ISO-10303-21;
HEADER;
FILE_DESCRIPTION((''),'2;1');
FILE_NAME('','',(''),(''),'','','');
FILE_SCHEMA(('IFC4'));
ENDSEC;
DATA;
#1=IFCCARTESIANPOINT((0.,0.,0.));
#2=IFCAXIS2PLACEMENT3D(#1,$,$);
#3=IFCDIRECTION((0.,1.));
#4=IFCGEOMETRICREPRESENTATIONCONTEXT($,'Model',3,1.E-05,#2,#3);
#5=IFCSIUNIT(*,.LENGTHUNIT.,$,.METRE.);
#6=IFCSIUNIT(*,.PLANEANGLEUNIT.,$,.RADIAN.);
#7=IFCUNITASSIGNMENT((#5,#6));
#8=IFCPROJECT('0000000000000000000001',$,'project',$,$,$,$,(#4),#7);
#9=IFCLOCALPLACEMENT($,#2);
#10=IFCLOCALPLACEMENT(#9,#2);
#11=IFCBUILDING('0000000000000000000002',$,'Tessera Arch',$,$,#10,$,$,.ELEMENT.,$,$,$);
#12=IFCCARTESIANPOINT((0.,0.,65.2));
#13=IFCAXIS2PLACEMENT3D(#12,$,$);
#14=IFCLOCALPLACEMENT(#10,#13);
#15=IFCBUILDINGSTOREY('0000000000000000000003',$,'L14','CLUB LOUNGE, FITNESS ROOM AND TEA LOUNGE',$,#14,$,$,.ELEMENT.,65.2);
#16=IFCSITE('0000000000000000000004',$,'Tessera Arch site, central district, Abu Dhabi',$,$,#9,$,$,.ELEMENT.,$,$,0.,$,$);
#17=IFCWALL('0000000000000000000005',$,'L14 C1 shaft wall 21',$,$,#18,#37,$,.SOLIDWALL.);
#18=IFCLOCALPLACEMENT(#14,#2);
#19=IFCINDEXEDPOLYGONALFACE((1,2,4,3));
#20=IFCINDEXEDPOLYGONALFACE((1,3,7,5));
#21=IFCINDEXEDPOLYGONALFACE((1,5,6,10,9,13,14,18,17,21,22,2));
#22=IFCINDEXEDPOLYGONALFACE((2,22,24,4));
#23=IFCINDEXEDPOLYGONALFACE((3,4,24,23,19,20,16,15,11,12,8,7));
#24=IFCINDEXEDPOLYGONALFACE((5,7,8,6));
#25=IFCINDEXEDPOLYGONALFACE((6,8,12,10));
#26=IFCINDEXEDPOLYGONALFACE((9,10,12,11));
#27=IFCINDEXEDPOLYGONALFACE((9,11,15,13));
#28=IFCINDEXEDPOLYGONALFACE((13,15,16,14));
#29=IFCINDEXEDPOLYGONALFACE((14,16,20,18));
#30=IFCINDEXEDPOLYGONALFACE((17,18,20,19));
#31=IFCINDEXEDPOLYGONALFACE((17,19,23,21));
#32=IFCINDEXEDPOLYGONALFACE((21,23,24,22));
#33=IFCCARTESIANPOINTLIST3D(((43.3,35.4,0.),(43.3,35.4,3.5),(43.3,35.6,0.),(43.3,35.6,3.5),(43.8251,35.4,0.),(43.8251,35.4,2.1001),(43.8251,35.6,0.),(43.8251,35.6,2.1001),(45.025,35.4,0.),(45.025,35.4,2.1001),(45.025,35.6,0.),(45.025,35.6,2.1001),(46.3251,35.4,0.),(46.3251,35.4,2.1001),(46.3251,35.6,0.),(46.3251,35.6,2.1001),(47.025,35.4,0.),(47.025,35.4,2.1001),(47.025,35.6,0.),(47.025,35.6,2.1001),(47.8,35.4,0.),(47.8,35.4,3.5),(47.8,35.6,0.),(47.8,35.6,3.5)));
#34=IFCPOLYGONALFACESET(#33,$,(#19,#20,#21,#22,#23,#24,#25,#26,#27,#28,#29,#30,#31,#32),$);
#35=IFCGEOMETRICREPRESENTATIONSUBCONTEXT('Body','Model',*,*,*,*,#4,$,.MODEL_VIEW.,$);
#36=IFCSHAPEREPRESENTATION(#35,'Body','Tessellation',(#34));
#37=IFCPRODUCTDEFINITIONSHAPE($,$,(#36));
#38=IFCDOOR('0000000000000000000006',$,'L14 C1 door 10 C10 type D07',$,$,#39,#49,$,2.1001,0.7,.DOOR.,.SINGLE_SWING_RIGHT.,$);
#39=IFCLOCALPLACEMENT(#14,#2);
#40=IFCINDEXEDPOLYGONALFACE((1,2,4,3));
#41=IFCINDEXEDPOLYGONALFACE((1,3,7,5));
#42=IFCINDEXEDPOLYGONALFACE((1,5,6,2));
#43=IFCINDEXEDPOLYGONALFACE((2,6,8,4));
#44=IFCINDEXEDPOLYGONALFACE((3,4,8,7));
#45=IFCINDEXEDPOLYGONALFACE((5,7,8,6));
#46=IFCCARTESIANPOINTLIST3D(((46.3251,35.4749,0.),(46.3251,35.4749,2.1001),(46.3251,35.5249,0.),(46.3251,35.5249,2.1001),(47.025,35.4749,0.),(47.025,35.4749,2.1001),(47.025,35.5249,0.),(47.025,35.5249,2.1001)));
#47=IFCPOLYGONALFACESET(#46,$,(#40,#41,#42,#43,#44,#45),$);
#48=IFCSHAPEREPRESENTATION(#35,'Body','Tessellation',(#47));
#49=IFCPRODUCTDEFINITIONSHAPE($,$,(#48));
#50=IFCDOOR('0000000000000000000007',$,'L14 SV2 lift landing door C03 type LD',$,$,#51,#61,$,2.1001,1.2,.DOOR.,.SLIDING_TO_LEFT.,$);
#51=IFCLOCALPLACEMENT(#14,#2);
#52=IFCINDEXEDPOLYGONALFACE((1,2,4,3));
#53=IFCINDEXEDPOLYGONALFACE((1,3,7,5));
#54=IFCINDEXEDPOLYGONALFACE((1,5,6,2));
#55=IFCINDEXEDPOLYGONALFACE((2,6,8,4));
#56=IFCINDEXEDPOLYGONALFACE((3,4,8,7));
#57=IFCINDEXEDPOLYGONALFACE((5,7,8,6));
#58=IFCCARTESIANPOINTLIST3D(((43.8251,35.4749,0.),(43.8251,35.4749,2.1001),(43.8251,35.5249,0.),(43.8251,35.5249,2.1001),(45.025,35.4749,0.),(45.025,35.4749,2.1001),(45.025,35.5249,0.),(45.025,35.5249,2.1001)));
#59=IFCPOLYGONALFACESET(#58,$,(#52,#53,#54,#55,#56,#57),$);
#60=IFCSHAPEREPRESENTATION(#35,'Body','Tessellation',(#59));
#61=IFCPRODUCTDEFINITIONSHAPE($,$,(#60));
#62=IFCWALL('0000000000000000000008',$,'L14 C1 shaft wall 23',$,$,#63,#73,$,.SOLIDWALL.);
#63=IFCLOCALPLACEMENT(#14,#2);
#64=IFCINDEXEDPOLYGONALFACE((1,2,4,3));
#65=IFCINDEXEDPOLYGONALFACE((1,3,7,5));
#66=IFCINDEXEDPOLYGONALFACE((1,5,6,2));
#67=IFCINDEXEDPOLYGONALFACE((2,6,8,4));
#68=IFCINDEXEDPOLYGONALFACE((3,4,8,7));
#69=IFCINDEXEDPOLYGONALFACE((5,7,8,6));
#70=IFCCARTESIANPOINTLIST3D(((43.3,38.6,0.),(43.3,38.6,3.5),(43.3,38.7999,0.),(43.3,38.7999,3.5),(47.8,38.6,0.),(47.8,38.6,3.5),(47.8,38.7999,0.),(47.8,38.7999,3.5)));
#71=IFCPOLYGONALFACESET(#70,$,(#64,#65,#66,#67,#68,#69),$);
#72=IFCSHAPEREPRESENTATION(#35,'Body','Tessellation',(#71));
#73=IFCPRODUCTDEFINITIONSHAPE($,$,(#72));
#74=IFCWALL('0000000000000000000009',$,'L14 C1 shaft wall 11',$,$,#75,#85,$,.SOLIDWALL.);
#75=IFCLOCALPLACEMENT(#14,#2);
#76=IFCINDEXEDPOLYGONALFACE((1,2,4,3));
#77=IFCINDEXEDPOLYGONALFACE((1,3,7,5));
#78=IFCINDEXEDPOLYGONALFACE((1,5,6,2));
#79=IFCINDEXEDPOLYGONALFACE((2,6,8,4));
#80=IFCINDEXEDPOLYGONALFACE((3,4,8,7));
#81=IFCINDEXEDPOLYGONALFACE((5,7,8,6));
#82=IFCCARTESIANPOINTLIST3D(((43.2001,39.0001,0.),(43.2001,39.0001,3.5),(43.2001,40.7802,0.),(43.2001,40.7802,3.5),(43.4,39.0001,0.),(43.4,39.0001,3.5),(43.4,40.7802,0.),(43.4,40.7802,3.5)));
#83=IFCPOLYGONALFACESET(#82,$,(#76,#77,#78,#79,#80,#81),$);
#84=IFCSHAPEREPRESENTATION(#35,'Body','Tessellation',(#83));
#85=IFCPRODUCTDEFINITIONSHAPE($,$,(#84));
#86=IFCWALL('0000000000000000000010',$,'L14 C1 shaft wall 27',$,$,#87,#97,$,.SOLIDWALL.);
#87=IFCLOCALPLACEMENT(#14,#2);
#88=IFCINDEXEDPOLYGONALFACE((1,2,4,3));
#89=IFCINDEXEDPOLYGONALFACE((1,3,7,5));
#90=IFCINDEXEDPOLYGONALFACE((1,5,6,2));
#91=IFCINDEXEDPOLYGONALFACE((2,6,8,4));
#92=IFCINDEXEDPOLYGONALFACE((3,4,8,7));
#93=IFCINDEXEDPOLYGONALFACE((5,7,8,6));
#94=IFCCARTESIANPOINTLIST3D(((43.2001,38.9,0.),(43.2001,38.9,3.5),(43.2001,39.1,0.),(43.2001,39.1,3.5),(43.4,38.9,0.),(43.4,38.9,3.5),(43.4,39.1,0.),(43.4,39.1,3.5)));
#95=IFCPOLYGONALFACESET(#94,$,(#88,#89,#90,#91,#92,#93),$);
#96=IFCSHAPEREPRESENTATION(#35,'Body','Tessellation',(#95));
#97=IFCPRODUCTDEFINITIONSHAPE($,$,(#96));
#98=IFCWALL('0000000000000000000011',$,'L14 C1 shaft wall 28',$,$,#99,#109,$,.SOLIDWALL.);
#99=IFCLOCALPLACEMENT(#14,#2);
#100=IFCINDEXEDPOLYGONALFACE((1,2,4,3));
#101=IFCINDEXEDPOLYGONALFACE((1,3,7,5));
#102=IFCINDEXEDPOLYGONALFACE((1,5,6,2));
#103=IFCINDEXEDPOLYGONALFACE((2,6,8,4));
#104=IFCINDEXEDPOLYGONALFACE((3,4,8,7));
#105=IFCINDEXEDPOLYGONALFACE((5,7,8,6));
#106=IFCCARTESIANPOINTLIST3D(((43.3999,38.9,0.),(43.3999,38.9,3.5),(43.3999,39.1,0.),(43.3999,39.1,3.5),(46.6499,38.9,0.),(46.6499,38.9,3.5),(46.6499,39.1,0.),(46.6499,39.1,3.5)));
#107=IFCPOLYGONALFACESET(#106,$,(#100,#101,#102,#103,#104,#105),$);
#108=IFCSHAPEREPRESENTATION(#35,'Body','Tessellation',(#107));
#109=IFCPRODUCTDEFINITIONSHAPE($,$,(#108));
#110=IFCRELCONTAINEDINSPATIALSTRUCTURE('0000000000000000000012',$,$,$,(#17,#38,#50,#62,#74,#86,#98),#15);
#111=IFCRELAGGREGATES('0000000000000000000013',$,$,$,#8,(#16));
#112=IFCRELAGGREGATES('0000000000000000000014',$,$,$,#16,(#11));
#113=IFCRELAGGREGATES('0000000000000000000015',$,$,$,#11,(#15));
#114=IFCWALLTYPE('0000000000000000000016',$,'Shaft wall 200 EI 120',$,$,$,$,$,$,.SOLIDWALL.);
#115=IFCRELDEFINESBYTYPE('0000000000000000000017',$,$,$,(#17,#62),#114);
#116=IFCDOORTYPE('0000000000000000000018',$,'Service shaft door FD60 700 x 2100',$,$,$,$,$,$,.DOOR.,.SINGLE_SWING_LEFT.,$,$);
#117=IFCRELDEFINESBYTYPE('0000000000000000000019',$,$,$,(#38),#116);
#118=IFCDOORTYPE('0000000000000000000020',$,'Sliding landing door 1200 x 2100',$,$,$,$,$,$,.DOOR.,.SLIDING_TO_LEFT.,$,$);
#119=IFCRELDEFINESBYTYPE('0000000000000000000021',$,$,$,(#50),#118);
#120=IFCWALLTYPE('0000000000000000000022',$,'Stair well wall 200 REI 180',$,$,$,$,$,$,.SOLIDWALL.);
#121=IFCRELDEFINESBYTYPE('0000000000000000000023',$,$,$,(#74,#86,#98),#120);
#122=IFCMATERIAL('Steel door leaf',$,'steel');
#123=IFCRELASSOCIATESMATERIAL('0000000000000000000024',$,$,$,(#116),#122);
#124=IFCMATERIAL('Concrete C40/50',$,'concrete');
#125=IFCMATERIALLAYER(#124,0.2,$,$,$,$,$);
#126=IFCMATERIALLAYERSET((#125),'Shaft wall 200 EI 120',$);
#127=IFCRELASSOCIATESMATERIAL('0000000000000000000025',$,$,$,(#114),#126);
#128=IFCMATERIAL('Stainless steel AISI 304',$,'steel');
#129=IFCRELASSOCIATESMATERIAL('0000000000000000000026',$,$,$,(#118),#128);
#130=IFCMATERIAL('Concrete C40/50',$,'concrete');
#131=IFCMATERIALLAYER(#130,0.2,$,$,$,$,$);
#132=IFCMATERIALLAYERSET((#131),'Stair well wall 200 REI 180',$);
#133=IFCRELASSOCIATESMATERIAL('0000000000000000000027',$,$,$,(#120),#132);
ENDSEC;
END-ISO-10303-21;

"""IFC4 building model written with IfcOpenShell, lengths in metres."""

from ifc_helpers import new_model, si_unit, direction, frame, frame_2d, origin, place, context, subcontext, project, spatial, rectangle, extrude, material, layer, layer_set, type_object, element, fill, save


model = new_model("IFC4")

# Units and contexts
model_context = context("Model", 3, precision=1e-05, world=origin(), true_north=direction((0.0, 1.0)))
body_context = subcontext(model_context, "Body", "Model", "MODEL_VIEW")
ifc_project = project(units=[si_unit("LENGTHUNIT", "METRE"), si_unit("PLANEANGLEUNIT", "RADIAN")], contexts=[model_context])

# Site, building, storey
site_placement = place(None, origin())
site = spatial("IfcSite", under=ifc_project, at=site_placement, Name="Tessera Arch site, central district, Abu Dhabi", CompositionType="ELEMENT", RefElevation=0.0)
building_placement = place(site_placement, origin())
building = spatial("IfcBuilding", under=site, at=building_placement, Name="Tessera Arch", CompositionType="ELEMENT")
storey_placement = place(building_placement, frame((0.0, 0.0, 65.2)))
storey = spatial("IfcBuildingStorey", under=building, at=storey_placement, Name="L14", Description="CLUB LOUNGE, FITNESS ROOM AND TEA LOUNGE", CompositionType="ELEMENT", Elevation=65.2)

# Shared definitions
ifc_material_1 = material(Name="Steel door leaf", Category="steel")
door_type_1 = type_object("IfcDoorType", Name="Service shaft door FD60 700 x 2100", OperationType="SINGLE_SWING_LEFT", PredefinedType="DOOR", material=ifc_material_1)

# Shared definitions
ifc_material_2 = material(Name="Concrete C40/50", Category="concrete")
ifc_layer_1 = layer(ifc_material_2, 0.2)
ifc_layer_set_1 = layer_set([ifc_layer_1], Name="Shaft wall 200 EI 120")
wall_type_1 = type_object("IfcWallType", Name="Shaft wall 200 EI 120", PredefinedType="SOLIDWALL", material=ifc_layer_set_1)

# Wall, openings, doors
wall_1_placement = place(storey_placement, frame((43.3, 35.5, 0.0), z_axis=(0.0, 0.0, 1.0), x_axis=(1.0, 0.0, 0.0)))
wall_1 = element("IfcWall", 1, at=wall_1_placement, inside=storey, type_object=wall_type_1, Name="L14 C1 shaft wall 21", PredefinedType="SOLIDWALL", context=body_context, shape_type="SweptSolid", body=[
    extrude(rectangle(XDim=4.5, YDim=0.2, at=frame_2d((2.25, 0.0))), origin(), (0.0, 0.0, 1.0), 3.5),
])
opening_1_placement = place(wall_1_placement, frame((0.5249, 0.0, 0.0)))
opening_1 = element("IfcOpeningElement", 2, at=opening_1_placement, cuts=wall_1, PredefinedType="OPENING", context=body_context, shape_type="SweptSolid", body=[
    extrude(rectangle(XDim=1.2, YDim=2.1001, at=frame_2d((0.6001, 1.05))), frame((0.0, 0.1099, 0.0), z_axis=(0.0, -1.0, 0.0), x_axis=(1.0, 0.0, 0.0)), (0.0, 0.0, 1.0), 0.22),
])
opening_2_placement = place(wall_1_placement, frame((3.0249, 0.0, 0.0)))
opening_2 = element("IfcOpeningElement", 3, at=opening_2_placement, cuts=wall_1, PredefinedType="OPENING", context=body_context, shape_type="SweptSolid", body=[
    extrude(rectangle(XDim=0.7, YDim=2.1001, at=frame_2d((0.3501, 1.05))), frame((0.0, 0.1099, 0.0), z_axis=(0.0, -1.0, 0.0), x_axis=(1.0, 0.0, 0.0)), (0.0, 0.0, 1.0), 0.22),
])
door_1_placement = place(opening_2_placement, origin())
door_1 = element("IfcDoor", 4, at=door_1_placement, inside=storey, type_object=door_type_1, Name="L14 C1 door 10 C10 type D07", OperationType="SINGLE_SWING_RIGHT", OverallHeight=2.1001, OverallWidth=0.7, PredefinedType="DOOR", context=body_context, shape_type="SweptSolid", body=[
    extrude(rectangle(XDim=0.7, YDim=2.1001, at=frame_2d((0.3501, 1.05))), frame((0.0, 0.0249, 0.0), z_axis=(0.0, -1.0, 0.0), x_axis=(1.0, 0.0, 0.0)), (0.0, 0.0, 1.0), 0.05),
])
fill(opening_2, door_1)
ifc_material_3 = material(Name="Stainless steel AISI 304", Category="steel")
door_type_2 = type_object("IfcDoorType", Name="Sliding landing door 1200 x 2100", OperationType="SLIDING_TO_LEFT", PredefinedType="DOOR", material=ifc_material_3)
door_2_placement = place(opening_1_placement, origin())
door_2 = element("IfcDoor", 5, at=door_2_placement, inside=storey, type_object=door_type_2, Name="L14 SV2 lift landing door C03 type LD", OperationType="SLIDING_TO_LEFT", OverallHeight=2.1001, OverallWidth=1.2, PredefinedType="DOOR", context=body_context, shape_type="SweptSolid", body=[
    extrude(rectangle(XDim=1.2, YDim=2.1001, at=frame_2d((0.6001, 1.05))), frame((0.0, 0.0249, 0.0), z_axis=(0.0, -1.0, 0.0), x_axis=(1.0, 0.0, 0.0)), (0.0, 0.0, 1.0), 0.05),
])
fill(opening_1, door_2)

# Walls
wall_2_placement = place(storey_placement, frame((43.3, 38.7, 0.0), z_axis=(0.0, 0.0, 1.0), x_axis=(1.0, 0.0, 0.0)))
element("IfcWall", 6, at=wall_2_placement, inside=storey, type_object=wall_type_1, Name="L14 C1 shaft wall 23", PredefinedType="SOLIDWALL", context=body_context, shape_type="SweptSolid", body=[
    extrude(rectangle(XDim=4.5, YDim=0.2, at=frame_2d((2.25, 0.0))), origin(), (0.0, 0.0, 1.0), 3.5),
])
ifc_material_4 = material(Name="Concrete C40/50", Category="concrete")
ifc_layer_2 = layer(ifc_material_4, 0.2)
ifc_layer_set_2 = layer_set([ifc_layer_2], Name="Stair well wall 200 REI 180")
wall_type_2 = type_object("IfcWallType", Name="Stair well wall 200 REI 180", PredefinedType="SOLIDWALL", material=ifc_layer_set_2)
wall_3_placement = place(storey_placement, frame((43.3, 39.0, 0.0), z_axis=(0.0, 0.0, 1.0), x_axis=(0.0, 1.0, 0.0)))
element("IfcWall", 7, at=wall_3_placement, inside=storey, type_object=wall_type_2, Name="L14 C1 shaft wall 11", PredefinedType="SOLIDWALL", context=body_context, shape_type="SweptSolid", body=[
    extrude(rectangle(XDim=1.78, YDim=0.2, at=frame_2d((0.8901, 0.0))), origin(), (0.0, 0.0, 1.0), 3.5),
])
wall_4_placement = place(storey_placement, frame((43.2, 39.0, 0.0), z_axis=(0.0, 0.0, 1.0), x_axis=(1.0, 0.0, 0.0)))
element("IfcWall", 8, at=wall_4_placement, inside=storey, type_object=wall_type_2, Name="L14 C1 shaft wall 27", PredefinedType="SOLIDWALL", context=body_context, shape_type="SweptSolid", body=[
    extrude(rectangle(XDim=0.2, YDim=0.2, at=frame_2d((0.1001, 0.0))), origin(), (0.0, 0.0, 1.0), 3.5),
])
wall_5_placement = place(storey_placement, frame((43.3999, 39.0, 0.0), z_axis=(0.0, 0.0, 1.0), x_axis=(1.0, 0.0, 0.0)))
element("IfcWall", 9, at=wall_5_placement, inside=storey, type_object=wall_type_2, Name="L14 C1 shaft wall 28", PredefinedType="SOLIDWALL", context=body_context, shape_type="SweptSolid", body=[
    extrude(rectangle(XDim=3.25, YDim=0.2, at=frame_2d((1.625, 0.0))), origin(), (0.0, 0.0, 1.0), 3.5),
])

save(model, "model.ifc")
